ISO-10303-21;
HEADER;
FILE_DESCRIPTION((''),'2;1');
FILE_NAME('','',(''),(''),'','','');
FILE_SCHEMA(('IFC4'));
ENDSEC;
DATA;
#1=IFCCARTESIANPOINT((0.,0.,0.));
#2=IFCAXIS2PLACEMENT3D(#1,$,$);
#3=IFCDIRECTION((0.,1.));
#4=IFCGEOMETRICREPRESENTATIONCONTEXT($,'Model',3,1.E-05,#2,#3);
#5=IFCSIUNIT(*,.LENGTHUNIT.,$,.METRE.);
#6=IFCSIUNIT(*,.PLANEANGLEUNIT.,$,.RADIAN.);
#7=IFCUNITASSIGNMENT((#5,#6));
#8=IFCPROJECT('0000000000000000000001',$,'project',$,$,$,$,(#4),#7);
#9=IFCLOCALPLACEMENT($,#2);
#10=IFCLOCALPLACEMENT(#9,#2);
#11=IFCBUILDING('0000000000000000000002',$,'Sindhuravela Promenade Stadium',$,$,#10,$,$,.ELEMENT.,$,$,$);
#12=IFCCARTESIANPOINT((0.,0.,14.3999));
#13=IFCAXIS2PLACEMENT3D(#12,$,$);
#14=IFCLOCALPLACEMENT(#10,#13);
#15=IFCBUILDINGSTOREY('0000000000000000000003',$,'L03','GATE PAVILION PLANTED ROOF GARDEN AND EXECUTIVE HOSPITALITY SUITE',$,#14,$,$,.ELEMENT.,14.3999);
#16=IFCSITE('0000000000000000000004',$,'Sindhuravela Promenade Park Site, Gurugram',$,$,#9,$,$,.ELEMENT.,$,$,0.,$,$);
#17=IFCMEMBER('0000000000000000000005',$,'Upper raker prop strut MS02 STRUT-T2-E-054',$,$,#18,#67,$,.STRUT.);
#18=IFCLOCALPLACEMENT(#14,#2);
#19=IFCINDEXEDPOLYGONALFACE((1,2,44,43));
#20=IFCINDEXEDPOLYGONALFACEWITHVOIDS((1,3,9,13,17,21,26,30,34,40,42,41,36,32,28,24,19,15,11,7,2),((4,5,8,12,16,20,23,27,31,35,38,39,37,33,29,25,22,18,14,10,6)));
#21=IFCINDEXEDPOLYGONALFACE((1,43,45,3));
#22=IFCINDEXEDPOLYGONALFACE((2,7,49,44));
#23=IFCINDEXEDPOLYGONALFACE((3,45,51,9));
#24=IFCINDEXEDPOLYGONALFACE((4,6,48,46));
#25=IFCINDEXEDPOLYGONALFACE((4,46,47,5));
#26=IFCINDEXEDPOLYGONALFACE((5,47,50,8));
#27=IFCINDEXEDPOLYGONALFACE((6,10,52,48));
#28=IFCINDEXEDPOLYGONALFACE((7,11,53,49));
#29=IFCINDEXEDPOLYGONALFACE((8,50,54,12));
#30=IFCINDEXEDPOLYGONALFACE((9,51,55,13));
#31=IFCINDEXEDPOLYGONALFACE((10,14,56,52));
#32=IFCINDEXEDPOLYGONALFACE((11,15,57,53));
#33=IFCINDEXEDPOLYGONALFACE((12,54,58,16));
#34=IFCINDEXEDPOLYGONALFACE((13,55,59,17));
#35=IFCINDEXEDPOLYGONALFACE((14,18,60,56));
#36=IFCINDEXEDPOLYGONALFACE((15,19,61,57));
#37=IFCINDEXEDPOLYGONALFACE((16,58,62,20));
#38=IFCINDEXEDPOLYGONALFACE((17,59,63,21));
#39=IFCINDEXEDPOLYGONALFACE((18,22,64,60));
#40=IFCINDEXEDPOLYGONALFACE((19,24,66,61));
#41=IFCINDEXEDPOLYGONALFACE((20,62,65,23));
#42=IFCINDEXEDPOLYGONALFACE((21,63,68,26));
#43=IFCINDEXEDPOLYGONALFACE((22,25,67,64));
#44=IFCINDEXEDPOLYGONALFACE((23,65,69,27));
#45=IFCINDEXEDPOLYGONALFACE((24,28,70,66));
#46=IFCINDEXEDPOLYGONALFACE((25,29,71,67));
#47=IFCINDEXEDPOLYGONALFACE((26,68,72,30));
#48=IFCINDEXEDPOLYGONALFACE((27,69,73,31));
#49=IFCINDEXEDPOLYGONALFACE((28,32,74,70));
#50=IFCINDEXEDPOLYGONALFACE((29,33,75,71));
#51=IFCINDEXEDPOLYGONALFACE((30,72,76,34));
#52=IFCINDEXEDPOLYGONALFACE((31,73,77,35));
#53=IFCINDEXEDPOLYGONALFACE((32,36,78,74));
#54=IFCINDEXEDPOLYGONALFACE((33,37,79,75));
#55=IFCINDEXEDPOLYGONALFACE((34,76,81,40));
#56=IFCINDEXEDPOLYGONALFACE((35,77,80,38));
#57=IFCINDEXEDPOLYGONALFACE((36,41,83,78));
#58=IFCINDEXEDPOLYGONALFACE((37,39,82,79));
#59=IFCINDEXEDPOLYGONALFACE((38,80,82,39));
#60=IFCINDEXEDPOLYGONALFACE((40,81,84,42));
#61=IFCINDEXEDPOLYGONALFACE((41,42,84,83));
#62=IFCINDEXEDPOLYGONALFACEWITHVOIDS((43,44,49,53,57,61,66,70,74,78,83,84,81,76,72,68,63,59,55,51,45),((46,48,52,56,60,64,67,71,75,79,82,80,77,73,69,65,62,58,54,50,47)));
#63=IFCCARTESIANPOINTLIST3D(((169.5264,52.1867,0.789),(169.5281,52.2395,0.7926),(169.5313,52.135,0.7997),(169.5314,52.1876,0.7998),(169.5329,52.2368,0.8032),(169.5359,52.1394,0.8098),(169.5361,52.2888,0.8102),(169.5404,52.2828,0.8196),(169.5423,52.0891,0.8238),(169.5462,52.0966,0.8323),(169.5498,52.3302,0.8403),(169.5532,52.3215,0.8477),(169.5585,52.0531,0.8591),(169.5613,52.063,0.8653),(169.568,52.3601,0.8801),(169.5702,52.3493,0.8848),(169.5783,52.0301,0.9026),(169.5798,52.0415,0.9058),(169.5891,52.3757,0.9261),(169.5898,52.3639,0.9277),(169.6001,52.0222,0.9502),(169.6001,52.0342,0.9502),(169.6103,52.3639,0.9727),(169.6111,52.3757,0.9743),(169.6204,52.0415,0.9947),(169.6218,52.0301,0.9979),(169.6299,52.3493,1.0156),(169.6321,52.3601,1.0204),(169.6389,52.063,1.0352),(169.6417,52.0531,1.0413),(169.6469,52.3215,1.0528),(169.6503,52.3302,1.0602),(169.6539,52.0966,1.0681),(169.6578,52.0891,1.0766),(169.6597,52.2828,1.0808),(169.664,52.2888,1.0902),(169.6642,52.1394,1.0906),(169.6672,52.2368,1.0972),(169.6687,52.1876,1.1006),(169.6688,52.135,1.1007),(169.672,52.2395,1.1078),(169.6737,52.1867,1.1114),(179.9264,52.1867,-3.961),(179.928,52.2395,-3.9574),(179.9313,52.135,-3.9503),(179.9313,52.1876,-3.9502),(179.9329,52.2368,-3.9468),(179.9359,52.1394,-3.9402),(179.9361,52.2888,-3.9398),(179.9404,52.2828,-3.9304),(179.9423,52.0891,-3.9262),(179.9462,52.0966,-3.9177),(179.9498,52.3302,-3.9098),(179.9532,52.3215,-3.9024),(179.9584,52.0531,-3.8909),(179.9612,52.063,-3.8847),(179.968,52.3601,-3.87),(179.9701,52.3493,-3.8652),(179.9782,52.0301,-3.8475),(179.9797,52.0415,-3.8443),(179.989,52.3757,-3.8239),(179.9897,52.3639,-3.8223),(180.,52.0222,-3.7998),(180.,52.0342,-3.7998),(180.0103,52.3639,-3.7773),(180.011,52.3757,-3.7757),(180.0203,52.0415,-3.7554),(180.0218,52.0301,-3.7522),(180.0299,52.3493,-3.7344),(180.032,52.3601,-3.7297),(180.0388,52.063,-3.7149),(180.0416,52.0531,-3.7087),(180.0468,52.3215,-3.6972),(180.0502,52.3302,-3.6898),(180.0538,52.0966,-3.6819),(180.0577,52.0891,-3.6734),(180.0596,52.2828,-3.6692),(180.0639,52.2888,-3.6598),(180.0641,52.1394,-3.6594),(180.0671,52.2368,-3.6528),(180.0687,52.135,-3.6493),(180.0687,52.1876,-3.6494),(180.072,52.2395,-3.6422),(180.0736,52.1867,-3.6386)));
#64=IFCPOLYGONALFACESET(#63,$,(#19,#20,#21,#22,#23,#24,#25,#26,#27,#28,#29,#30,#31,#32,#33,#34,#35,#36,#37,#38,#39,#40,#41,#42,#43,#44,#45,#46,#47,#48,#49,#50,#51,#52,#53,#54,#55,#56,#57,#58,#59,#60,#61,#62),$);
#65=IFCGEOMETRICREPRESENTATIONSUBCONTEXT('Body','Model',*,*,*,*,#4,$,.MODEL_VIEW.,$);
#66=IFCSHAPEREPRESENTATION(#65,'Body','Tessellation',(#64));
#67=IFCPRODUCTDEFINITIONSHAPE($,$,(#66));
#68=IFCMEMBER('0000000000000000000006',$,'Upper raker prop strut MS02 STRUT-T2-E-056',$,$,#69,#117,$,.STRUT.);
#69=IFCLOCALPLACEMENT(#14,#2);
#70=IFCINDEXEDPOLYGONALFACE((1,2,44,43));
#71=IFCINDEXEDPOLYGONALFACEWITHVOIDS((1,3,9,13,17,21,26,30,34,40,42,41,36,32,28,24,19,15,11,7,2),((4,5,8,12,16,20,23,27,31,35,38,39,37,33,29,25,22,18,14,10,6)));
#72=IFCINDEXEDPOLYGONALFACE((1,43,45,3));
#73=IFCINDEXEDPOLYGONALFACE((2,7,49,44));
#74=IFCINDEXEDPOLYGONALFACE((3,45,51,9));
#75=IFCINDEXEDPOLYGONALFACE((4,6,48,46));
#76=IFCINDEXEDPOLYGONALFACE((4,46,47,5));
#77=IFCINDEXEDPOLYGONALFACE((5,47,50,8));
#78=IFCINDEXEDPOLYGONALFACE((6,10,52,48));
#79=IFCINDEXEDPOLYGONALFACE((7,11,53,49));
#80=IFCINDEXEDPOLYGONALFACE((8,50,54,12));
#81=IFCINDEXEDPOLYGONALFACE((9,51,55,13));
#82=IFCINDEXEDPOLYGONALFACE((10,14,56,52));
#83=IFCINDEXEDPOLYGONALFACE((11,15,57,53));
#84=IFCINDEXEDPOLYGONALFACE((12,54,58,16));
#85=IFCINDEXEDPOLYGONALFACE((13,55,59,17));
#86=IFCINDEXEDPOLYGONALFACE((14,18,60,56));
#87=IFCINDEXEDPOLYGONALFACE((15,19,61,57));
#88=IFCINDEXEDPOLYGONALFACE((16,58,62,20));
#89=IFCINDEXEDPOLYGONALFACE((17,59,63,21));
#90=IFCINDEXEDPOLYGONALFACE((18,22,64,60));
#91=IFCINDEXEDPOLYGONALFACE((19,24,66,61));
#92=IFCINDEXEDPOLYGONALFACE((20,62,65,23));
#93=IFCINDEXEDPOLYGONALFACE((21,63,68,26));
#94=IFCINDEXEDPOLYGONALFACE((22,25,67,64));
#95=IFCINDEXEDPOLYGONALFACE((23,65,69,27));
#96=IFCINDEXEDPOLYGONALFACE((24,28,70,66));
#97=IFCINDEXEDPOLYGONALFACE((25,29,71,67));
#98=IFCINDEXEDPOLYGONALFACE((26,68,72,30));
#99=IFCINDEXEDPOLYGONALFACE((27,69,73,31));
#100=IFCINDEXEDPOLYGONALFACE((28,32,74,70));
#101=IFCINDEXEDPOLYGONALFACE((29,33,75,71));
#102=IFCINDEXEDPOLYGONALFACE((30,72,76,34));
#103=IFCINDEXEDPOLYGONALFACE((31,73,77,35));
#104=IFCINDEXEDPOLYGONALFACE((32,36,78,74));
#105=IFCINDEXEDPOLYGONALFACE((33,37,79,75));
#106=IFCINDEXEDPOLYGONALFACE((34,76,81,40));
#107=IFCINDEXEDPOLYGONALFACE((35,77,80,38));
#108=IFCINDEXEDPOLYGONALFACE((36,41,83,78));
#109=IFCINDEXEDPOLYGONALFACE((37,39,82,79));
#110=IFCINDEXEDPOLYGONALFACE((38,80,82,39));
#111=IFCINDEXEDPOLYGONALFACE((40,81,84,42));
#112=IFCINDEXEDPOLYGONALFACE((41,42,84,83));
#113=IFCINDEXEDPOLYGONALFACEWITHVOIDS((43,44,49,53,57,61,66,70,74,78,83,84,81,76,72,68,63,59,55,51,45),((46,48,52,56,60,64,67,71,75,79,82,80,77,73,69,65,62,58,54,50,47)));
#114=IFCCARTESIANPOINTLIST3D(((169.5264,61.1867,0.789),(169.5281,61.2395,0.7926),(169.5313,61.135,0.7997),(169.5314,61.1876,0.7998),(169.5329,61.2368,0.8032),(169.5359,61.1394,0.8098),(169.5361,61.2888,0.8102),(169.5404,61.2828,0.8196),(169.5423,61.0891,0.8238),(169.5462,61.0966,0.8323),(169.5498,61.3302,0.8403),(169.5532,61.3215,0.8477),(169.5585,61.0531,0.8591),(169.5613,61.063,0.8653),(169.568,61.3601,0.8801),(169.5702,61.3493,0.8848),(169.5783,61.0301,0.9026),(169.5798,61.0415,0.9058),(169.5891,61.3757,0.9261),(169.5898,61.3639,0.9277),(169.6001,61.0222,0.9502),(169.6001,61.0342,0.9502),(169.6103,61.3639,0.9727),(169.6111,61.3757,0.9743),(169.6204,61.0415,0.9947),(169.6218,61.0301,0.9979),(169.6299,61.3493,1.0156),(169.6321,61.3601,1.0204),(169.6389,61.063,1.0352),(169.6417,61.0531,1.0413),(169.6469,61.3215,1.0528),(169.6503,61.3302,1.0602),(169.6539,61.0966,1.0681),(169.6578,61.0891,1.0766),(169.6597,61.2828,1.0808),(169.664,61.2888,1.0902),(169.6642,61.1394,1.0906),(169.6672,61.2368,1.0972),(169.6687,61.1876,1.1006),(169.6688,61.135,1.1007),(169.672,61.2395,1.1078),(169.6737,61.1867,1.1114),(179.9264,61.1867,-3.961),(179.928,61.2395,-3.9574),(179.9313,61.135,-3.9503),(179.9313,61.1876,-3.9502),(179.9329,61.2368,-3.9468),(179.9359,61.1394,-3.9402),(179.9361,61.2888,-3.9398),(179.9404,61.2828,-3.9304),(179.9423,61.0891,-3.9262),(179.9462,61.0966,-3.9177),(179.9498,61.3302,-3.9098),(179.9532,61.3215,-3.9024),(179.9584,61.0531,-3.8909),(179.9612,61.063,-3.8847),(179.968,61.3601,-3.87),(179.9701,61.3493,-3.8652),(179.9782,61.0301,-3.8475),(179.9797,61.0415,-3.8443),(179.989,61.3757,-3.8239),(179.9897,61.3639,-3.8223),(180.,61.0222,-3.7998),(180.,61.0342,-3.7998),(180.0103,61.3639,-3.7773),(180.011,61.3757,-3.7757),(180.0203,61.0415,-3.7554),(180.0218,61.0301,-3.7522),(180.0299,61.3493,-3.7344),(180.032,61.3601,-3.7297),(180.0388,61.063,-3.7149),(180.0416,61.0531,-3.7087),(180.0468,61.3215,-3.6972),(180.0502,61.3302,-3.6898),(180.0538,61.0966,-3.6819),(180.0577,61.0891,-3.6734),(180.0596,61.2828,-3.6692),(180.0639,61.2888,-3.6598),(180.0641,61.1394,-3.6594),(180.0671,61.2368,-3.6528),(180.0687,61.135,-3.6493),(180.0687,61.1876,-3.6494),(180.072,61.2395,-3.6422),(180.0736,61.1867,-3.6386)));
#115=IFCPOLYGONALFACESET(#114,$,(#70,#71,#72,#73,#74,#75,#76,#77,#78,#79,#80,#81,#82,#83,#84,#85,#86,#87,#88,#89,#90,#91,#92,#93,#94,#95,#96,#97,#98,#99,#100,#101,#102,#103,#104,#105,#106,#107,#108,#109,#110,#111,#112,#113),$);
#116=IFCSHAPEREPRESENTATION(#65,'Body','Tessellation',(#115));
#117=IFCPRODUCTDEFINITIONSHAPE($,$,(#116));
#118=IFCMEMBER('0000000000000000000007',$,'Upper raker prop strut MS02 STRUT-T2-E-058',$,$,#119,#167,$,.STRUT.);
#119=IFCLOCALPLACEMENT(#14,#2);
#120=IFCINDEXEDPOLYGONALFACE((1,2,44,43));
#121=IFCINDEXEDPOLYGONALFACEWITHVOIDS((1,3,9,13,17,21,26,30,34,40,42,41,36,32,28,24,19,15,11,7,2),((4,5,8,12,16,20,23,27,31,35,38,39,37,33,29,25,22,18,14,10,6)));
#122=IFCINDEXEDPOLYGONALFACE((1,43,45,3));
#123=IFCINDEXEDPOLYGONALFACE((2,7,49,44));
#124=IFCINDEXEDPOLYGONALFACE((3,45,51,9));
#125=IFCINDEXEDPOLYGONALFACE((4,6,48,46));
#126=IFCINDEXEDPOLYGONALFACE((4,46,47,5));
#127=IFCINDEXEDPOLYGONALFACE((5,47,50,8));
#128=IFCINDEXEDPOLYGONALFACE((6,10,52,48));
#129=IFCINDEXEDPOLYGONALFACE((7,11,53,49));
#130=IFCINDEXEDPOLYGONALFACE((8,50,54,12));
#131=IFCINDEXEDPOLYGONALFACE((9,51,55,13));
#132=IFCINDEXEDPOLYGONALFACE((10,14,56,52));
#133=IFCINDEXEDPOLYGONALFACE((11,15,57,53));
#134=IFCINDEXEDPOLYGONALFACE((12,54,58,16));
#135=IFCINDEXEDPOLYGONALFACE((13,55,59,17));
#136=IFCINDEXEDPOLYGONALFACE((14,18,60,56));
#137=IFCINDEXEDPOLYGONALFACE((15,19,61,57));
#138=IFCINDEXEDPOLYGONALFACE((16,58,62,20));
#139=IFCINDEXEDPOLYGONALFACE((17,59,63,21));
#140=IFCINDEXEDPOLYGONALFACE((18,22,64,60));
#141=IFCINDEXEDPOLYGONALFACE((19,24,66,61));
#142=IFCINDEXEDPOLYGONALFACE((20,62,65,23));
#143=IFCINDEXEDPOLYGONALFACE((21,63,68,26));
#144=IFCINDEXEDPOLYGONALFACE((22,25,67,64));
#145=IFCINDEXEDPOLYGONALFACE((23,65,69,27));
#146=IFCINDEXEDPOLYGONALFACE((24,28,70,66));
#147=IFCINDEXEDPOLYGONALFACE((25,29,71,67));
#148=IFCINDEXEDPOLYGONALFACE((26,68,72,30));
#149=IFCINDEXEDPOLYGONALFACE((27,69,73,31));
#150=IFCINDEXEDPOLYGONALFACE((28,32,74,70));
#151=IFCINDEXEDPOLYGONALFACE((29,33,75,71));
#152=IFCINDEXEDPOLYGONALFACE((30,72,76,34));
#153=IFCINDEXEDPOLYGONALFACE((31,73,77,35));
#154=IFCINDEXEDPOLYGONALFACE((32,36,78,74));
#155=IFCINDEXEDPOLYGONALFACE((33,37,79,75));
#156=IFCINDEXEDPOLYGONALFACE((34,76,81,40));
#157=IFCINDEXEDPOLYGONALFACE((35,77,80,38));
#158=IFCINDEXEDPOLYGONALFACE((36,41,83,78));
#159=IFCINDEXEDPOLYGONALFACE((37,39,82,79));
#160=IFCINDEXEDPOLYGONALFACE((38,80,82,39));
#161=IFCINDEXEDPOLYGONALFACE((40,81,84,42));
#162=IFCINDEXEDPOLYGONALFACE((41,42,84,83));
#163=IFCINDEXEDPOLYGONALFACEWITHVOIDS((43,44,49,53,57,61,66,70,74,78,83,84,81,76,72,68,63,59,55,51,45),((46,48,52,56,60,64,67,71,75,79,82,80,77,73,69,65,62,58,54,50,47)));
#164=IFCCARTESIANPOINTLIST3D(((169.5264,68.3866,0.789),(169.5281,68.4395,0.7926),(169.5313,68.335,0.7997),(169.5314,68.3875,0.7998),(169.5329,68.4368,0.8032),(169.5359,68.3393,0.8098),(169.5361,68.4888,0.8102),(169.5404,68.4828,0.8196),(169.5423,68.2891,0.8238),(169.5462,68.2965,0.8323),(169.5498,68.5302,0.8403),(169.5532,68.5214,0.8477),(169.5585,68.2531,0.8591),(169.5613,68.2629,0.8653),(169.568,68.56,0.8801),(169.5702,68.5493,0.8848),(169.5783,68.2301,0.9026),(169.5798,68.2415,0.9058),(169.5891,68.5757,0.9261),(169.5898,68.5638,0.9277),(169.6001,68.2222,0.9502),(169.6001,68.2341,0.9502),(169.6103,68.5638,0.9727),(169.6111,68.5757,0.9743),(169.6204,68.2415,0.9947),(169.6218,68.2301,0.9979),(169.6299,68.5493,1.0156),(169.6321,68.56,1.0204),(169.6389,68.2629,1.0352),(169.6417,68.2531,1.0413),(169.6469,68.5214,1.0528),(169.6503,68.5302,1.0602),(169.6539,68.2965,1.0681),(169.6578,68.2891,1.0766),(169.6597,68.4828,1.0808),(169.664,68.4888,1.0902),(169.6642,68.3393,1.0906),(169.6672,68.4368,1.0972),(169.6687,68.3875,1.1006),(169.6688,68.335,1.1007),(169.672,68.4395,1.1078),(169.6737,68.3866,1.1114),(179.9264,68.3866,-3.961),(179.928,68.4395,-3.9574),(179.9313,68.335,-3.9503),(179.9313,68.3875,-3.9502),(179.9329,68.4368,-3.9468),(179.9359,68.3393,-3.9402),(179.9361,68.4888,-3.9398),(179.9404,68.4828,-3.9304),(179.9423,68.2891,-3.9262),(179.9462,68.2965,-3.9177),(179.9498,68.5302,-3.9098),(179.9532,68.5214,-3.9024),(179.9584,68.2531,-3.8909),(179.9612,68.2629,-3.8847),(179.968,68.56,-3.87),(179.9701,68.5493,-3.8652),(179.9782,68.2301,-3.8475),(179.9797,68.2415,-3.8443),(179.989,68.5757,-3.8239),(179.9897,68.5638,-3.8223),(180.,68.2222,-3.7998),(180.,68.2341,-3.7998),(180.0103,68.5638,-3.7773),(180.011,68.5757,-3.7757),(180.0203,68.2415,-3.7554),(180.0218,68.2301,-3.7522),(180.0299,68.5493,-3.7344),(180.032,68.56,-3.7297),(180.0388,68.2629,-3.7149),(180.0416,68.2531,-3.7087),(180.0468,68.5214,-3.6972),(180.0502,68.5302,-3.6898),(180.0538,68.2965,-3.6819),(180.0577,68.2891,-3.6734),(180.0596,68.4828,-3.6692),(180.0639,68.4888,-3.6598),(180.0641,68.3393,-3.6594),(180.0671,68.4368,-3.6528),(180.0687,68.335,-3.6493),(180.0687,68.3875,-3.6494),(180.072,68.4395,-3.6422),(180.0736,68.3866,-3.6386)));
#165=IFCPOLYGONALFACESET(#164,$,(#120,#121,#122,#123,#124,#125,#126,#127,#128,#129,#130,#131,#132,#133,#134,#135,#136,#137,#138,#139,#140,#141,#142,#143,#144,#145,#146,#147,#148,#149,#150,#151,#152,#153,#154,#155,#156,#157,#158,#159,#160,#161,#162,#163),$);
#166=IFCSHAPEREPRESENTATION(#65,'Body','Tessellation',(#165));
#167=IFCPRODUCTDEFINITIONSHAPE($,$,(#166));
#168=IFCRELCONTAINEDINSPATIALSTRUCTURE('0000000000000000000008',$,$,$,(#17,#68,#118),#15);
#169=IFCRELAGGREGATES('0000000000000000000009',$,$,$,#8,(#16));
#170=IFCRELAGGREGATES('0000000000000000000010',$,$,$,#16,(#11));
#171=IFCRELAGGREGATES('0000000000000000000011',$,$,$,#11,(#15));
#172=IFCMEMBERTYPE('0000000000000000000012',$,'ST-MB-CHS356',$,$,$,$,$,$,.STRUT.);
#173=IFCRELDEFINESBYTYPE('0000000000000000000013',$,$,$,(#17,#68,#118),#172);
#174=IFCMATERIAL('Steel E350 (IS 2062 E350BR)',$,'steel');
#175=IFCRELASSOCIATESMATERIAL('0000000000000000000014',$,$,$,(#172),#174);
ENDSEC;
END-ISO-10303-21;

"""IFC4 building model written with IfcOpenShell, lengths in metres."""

from ifc_helpers import new_model, si_unit, direction, frame, origin, origin_2d, place, context, subcontext, project, spatial, hollow_circle, extrude, material, material_profile, profile_set, type_object, element, save


model = new_model("IFC4")

# Units and contexts
model_context = context("Model", 3, precision=1e-05, world=origin(), true_north=direction((0.0, 1.0)))
body_context = subcontext(model_context, "Body", "Model", "MODEL_VIEW")
ifc_project = project(units=[si_unit("LENGTHUNIT", "METRE"), si_unit("PLANEANGLEUNIT", "RADIAN")], contexts=[model_context])

# Site, building, storey
site_placement = place(None, origin())
site = spatial("IfcSite", under=ifc_project, at=site_placement, Name="Sindhuravela Promenade Park Site, Gurugram", CompositionType="ELEMENT", RefElevation=0.0)
building_placement = place(site_placement, origin())
building = spatial("IfcBuilding", under=site, at=building_placement, Name="Sindhuravela Promenade Stadium", CompositionType="ELEMENT")
storey_placement = place(building_placement, frame((0.0, 0.0, 14.3999)))
storey = spatial("IfcBuildingStorey", under=building, at=storey_placement, Name="L03", Description="GATE PAVILION PLANTED ROOF GARDEN AND EXECUTIVE HOSPITALITY SUITE", CompositionType="ELEMENT", Elevation=14.3999)

# Members
ifc_material_1 = material(Name="Steel E350 (IS 2062 E350BR)", Category="steel")
ifc_material_profile_1 = material_profile(ifc_material_1, hollow_circle(Radius=0.1777, WallThickness=0.012, at=origin_2d()), Name="CHS 355.6x12")
ifc_profile_set_1 = profile_set([ifc_material_profile_1], Name="Steel E350 (IS 2062 E350BR)")
member_type = type_object("IfcMemberType", Name="ST-MB-CHS356", PredefinedType="STRUT", material=ifc_profile_set_1)
for number, where, z_axis, x_axis, name in (
    (1, (180.0, 52.2, -3.7998), (-0.909615, 0.0, 0.415453), (0.0, -1.0, 0.0), "Upper raker prop strut MS02 STRUT-T2-E-054"),
    (2, (180.0, 61.2, -3.7998), (-0.909615, 0.0, 0.415453), (0.0, -1.0, 0.0), "Upper raker prop strut MS02 STRUT-T2-E-056"),
    (3, (180.0, 68.3999, -3.7998), (-0.909615, 0.0, 0.415453), (0.0, -1.0, 0.0), "Upper raker prop strut MS02 STRUT-T2-E-058"),
):
    element("IfcMember", number, at=place(storey_placement, frame(where, z_axis=z_axis, x_axis=x_axis)), inside=storey, type_object=member_type, Name=name, PredefinedType="STRUT", context=body_context, shape_type="SweptSolid", body=[
        extrude(hollow_circle(Radius=0.1777, WallThickness=0.012, at=origin_2d()), origin(), (0.0, 0.0, 1.0), 11.4333),
    ])

save(model, "model.ifc")
